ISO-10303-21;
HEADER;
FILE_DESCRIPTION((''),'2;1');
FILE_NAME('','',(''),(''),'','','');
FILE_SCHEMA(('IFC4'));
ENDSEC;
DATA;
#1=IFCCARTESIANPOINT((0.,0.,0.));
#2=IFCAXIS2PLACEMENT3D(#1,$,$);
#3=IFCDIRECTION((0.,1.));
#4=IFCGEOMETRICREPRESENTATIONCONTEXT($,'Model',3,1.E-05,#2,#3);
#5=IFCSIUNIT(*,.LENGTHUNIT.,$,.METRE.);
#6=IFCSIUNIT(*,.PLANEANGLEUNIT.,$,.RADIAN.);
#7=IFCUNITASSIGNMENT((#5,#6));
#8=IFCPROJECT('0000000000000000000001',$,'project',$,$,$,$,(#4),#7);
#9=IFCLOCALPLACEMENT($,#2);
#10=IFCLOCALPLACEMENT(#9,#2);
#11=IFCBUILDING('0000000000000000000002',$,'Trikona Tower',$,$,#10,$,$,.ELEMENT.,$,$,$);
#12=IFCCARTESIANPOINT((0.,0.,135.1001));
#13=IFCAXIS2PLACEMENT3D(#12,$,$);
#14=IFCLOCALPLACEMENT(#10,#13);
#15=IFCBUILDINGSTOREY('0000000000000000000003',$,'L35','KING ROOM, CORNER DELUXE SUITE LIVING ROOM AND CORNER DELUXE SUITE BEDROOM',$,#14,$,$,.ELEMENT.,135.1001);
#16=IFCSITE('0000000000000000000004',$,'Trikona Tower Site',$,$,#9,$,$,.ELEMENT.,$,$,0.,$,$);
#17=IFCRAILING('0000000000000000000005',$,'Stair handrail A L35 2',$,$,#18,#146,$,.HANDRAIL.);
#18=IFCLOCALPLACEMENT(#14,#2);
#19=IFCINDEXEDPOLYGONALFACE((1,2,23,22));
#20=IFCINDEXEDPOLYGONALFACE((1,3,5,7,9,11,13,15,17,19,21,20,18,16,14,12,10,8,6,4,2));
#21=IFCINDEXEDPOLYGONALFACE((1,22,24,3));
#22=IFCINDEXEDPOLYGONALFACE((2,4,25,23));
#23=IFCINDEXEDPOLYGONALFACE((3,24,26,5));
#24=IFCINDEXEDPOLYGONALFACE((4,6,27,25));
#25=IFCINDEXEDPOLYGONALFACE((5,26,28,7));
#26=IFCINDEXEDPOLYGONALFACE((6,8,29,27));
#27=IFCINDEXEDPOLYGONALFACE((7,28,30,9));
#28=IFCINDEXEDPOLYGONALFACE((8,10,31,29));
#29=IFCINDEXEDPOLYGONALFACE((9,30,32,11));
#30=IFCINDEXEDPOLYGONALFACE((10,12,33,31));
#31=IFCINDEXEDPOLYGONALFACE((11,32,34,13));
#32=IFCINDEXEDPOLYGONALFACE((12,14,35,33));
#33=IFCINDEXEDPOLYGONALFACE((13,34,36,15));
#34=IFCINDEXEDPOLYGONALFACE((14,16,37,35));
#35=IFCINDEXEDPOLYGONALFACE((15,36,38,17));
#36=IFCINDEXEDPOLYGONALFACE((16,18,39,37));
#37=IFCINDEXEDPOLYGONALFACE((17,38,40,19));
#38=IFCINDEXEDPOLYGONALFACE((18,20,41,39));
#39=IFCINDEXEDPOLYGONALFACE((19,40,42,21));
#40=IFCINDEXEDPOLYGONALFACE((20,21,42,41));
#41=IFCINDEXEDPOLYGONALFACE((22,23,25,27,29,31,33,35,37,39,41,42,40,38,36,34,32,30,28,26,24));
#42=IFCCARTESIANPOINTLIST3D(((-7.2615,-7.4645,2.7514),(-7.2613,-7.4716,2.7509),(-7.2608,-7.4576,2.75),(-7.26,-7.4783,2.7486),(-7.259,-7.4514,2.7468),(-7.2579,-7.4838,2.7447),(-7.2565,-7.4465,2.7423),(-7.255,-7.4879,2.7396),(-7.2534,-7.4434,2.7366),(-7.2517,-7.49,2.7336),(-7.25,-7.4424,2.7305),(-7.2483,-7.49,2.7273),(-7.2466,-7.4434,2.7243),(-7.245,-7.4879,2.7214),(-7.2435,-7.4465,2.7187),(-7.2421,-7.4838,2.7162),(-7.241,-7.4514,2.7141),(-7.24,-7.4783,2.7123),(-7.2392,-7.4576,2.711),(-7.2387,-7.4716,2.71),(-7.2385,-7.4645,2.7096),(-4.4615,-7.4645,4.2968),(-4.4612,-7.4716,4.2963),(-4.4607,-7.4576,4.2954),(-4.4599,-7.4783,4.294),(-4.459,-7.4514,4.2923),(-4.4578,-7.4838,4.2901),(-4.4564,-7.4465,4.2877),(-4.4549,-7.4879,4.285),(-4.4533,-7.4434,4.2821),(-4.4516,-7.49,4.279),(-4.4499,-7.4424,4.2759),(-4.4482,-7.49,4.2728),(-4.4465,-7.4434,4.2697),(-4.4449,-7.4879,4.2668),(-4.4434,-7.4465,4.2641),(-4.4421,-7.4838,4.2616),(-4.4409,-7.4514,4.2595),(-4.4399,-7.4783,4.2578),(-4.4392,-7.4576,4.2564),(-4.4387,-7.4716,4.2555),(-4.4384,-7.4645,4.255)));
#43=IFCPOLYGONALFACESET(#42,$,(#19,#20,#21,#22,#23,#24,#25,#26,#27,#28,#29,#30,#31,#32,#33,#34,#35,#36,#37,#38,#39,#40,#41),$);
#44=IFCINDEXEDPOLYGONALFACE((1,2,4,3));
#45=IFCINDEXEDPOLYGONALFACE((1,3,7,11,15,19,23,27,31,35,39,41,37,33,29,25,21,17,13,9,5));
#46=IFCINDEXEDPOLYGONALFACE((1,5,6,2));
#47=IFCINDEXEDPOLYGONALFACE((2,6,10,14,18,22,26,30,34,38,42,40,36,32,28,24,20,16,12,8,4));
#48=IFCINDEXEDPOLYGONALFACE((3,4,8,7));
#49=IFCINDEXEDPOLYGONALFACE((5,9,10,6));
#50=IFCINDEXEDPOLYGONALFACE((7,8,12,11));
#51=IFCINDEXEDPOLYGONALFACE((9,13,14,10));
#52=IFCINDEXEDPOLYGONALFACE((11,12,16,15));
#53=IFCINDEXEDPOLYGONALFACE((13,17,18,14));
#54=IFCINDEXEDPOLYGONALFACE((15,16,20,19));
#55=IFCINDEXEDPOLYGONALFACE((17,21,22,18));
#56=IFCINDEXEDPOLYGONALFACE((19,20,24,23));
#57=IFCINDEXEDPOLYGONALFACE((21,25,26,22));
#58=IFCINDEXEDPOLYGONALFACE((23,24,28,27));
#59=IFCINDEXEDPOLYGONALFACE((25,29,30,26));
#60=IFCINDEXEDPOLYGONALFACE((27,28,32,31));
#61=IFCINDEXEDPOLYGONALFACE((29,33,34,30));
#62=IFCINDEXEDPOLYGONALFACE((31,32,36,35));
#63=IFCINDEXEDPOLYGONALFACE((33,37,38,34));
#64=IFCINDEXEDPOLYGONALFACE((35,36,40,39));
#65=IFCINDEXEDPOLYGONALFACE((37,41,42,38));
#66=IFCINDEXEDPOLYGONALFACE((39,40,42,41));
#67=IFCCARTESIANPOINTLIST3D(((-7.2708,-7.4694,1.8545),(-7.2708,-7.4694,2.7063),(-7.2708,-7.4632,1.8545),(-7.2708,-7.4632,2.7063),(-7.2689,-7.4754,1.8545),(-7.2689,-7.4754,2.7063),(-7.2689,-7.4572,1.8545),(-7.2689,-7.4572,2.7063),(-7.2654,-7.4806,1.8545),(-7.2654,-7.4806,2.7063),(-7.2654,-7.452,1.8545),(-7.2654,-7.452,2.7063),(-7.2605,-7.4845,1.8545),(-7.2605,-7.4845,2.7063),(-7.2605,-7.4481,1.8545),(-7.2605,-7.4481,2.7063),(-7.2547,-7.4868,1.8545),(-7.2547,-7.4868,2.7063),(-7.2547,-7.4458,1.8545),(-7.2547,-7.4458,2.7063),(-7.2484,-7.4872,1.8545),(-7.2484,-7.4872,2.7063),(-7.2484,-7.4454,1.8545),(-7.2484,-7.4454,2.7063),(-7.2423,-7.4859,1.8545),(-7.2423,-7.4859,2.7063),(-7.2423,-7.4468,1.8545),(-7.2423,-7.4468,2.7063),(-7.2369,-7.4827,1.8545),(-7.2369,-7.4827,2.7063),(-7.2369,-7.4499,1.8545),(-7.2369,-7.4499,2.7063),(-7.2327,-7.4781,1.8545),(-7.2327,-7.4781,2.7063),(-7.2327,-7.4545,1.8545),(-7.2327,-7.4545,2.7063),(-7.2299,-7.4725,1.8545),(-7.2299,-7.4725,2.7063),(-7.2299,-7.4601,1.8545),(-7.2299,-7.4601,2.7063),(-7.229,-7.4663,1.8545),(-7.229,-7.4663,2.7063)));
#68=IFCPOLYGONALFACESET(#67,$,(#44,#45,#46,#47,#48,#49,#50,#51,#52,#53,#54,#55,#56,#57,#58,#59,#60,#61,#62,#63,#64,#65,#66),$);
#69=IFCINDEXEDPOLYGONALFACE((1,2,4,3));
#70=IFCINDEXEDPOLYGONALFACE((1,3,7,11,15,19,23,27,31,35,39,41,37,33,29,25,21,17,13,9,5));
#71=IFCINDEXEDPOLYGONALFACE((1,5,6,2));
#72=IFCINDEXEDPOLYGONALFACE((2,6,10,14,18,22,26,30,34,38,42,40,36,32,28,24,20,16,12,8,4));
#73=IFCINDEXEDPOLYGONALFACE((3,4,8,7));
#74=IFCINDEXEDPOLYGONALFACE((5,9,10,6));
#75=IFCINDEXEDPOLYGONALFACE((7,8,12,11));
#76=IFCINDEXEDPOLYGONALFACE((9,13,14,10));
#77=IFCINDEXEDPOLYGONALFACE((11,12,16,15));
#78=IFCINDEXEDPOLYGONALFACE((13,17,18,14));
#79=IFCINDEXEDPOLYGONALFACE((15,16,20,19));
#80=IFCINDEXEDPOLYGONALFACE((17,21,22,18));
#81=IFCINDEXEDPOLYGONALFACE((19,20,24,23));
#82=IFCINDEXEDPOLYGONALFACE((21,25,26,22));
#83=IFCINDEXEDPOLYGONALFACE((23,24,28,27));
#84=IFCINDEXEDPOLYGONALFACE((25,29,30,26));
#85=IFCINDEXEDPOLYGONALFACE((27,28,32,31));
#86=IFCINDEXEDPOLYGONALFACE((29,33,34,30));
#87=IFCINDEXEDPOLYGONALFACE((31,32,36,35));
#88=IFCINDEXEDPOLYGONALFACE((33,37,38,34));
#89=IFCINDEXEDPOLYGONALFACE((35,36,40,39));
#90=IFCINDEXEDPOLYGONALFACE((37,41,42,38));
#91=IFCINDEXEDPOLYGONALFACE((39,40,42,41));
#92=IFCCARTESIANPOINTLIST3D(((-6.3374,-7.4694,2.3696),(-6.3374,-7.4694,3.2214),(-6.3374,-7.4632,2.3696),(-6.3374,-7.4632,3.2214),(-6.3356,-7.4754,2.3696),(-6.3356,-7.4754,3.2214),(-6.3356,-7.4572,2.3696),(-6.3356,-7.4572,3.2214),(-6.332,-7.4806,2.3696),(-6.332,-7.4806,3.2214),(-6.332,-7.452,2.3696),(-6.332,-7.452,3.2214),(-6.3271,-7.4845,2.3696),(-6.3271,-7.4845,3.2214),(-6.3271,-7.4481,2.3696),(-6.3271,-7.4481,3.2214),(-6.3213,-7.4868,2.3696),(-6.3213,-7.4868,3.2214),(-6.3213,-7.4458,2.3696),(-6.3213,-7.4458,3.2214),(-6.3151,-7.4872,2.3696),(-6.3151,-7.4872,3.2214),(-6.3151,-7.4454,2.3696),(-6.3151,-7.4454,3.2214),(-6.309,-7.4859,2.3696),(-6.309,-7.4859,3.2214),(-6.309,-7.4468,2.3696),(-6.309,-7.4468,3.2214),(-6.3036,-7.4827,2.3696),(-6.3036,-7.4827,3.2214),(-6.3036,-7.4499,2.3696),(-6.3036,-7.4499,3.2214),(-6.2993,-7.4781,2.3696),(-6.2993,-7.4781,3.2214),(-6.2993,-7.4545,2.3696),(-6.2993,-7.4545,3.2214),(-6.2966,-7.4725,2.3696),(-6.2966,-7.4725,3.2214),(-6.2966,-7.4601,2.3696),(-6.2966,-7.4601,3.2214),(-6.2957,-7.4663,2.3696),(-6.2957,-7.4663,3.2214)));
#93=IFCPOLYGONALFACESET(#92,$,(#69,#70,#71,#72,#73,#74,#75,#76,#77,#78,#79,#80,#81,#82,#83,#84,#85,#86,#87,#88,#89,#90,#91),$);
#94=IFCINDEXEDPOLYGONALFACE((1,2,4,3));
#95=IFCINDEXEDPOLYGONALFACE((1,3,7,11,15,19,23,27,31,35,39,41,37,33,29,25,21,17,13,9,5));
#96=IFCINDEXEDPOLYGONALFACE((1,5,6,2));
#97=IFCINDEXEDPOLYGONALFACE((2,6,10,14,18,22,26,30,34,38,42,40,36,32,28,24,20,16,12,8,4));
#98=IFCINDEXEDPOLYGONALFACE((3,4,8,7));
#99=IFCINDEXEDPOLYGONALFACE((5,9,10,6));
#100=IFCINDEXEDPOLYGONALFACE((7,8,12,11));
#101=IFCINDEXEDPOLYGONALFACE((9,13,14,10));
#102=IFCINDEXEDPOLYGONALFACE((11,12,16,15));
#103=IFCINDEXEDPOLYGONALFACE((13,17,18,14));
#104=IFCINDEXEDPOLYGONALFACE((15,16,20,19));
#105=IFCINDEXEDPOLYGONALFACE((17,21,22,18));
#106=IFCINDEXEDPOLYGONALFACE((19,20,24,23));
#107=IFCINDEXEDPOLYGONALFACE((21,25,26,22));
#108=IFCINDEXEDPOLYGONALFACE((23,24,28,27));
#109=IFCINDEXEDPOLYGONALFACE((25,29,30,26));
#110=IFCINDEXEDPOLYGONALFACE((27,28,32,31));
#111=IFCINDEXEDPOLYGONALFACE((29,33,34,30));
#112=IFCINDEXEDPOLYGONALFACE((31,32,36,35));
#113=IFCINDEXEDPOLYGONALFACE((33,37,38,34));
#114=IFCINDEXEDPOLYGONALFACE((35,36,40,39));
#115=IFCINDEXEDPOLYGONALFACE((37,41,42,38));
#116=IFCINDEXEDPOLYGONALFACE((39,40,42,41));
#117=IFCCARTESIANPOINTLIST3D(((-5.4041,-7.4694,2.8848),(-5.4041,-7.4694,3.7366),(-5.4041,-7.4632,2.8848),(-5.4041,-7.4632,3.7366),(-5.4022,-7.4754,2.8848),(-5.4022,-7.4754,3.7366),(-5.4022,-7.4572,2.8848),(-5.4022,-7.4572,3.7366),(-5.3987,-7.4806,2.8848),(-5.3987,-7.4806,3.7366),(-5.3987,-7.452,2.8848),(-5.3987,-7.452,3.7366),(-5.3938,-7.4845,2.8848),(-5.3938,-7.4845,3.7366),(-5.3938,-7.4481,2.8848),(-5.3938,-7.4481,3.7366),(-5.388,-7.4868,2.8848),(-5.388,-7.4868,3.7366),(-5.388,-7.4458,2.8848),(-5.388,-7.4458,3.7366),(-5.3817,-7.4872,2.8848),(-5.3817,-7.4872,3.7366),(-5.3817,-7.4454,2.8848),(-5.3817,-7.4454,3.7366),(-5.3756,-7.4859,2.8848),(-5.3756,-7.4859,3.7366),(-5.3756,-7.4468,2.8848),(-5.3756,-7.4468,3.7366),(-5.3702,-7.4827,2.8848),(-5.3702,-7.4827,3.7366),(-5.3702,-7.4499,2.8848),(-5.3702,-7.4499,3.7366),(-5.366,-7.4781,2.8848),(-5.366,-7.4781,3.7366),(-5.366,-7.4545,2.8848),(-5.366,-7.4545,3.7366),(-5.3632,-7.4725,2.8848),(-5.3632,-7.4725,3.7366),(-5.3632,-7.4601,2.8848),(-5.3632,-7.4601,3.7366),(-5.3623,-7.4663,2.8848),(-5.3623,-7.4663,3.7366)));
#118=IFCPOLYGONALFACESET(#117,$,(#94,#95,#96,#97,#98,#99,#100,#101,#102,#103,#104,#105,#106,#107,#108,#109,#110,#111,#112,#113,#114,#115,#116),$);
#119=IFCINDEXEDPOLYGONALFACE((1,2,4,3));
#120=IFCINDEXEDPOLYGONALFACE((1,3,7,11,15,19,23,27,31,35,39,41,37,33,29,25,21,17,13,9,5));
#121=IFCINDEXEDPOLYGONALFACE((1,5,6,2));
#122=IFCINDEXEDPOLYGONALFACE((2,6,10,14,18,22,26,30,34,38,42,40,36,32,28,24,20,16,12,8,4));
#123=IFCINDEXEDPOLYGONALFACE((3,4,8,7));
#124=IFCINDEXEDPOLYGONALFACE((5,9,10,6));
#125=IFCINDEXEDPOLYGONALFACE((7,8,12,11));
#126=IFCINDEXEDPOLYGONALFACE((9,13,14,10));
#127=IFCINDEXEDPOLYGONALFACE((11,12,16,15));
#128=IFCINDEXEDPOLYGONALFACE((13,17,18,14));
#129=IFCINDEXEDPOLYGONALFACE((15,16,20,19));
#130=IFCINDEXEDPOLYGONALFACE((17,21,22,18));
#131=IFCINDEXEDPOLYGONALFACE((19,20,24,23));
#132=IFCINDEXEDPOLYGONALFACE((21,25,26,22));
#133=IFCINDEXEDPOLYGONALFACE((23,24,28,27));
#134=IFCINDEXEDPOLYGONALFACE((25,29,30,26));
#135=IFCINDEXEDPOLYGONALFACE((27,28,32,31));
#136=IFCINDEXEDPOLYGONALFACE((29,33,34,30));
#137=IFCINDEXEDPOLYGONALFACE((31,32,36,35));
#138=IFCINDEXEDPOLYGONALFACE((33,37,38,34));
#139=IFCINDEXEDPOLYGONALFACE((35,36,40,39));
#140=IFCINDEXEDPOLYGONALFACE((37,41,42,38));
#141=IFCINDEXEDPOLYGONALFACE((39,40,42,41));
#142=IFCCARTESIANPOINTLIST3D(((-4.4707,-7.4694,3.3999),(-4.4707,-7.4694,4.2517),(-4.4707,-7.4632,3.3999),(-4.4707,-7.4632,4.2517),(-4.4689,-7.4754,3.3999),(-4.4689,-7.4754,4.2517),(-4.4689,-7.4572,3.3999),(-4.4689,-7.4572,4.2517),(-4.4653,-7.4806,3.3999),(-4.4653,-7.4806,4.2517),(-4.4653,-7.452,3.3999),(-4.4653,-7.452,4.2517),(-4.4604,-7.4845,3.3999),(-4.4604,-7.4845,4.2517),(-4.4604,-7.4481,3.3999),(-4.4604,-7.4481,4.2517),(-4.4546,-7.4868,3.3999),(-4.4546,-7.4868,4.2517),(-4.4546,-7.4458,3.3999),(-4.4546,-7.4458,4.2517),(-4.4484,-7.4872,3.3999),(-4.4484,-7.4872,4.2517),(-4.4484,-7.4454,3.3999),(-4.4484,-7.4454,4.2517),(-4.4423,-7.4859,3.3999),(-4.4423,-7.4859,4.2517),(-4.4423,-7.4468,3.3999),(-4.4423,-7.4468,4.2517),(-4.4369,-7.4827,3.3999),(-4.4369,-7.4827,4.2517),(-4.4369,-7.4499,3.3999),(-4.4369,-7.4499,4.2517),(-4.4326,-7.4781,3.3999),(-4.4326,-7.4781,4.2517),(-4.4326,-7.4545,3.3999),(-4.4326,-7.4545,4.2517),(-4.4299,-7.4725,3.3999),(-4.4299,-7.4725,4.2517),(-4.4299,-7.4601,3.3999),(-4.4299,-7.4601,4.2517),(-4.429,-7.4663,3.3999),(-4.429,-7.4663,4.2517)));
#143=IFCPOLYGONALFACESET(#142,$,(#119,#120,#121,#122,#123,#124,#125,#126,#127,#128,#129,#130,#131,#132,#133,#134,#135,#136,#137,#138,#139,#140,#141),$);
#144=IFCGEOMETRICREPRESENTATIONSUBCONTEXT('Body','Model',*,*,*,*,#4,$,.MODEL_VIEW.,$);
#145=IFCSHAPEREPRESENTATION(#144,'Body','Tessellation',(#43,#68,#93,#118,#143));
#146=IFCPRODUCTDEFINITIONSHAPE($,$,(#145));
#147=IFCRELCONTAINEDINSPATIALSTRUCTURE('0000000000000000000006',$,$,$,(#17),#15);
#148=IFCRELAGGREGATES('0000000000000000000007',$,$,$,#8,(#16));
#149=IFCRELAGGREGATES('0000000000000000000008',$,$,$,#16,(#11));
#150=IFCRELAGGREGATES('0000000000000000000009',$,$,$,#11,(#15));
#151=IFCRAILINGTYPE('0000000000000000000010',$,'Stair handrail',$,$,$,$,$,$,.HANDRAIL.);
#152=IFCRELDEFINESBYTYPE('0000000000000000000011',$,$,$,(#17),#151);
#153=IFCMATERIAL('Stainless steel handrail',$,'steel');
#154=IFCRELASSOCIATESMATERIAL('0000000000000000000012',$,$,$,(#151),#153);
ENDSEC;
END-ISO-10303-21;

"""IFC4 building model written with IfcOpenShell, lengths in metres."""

from ifc_helpers import new_model, si_unit, direction, frame, origin, origin_2d, place, context, subcontext, project, spatial, circle, extrude, material, type_object, element, save


model = new_model("IFC4")

# Units and contexts
model_context = context("Model", 3, precision=1e-05, world=origin(), true_north=direction((0.0, 1.0)))
body_context = subcontext(model_context, "Body", "Model", "MODEL_VIEW")
ifc_project = project(units=[si_unit("LENGTHUNIT", "METRE"), si_unit("PLANEANGLEUNIT", "RADIAN")], contexts=[model_context])

# Site, building, storey
site_placement = place(None, origin())
site = spatial("IfcSite", under=ifc_project, at=site_placement, Name="Trikona Tower Site", CompositionType="ELEMENT", RefElevation=0.0)
building_placement = place(site_placement, origin())
building = spatial("IfcBuilding", under=site, at=building_placement, Name="Trikona Tower", CompositionType="ELEMENT")
storey_placement = place(building_placement, frame((0.0, 0.0, 135.1001)))
storey = spatial("IfcBuildingStorey", under=building, at=storey_placement, Name="L35", Description="KING ROOM, CORNER DELUXE SUITE LIVING ROOM AND CORNER DELUXE SUITE BEDROOM", CompositionType="ELEMENT", Elevation=135.1001)

# Railing
ifc_material_1 = material(Name="Stainless steel handrail", Category="steel")
railing_type = type_object("IfcRailingType", Name="Stair handrail", PredefinedType="HANDRAIL", material=ifc_material_1)
railing_placement = place(storey_placement, frame((-7.25, -7.4663, 1.8545)))
element("IfcRailing", 1, at=railing_placement, inside=storey, type_object=railing_type, Name="Stair handrail A L35 2", PredefinedType="HANDRAIL", context=body_context, shape_type="SweptSolid", body=[
    extrude(circle(Radius=0.0239, at=origin_2d()), frame((0.0, 0.0, 0.876), z_axis=(0.875504, 0.0, 0.483211), x_axis=(0.0, 1.0, 0.0)), (0.0, 0.0, 1.0), 3.1982),
    extrude(circle(Radius=0.021, at=origin_2d()), origin(), (0.0, 0.0, 1.0), 0.8518),
    extrude(circle(Radius=0.021, at=origin_2d()), frame((0.9333, 0.0, 0.5151)), (0.0, 0.0, 1.0), 0.8518),
    extrude(circle(Radius=0.021, at=origin_2d()), frame((1.8667, 0.0, 1.0303)), (0.0, 0.0, 1.0), 0.8518),
    extrude(circle(Radius=0.021, at=origin_2d()), frame((2.8, 0.0, 1.5454)), (0.0, 0.0, 1.0), 0.8518),
])

save(model, "model.ifc")
